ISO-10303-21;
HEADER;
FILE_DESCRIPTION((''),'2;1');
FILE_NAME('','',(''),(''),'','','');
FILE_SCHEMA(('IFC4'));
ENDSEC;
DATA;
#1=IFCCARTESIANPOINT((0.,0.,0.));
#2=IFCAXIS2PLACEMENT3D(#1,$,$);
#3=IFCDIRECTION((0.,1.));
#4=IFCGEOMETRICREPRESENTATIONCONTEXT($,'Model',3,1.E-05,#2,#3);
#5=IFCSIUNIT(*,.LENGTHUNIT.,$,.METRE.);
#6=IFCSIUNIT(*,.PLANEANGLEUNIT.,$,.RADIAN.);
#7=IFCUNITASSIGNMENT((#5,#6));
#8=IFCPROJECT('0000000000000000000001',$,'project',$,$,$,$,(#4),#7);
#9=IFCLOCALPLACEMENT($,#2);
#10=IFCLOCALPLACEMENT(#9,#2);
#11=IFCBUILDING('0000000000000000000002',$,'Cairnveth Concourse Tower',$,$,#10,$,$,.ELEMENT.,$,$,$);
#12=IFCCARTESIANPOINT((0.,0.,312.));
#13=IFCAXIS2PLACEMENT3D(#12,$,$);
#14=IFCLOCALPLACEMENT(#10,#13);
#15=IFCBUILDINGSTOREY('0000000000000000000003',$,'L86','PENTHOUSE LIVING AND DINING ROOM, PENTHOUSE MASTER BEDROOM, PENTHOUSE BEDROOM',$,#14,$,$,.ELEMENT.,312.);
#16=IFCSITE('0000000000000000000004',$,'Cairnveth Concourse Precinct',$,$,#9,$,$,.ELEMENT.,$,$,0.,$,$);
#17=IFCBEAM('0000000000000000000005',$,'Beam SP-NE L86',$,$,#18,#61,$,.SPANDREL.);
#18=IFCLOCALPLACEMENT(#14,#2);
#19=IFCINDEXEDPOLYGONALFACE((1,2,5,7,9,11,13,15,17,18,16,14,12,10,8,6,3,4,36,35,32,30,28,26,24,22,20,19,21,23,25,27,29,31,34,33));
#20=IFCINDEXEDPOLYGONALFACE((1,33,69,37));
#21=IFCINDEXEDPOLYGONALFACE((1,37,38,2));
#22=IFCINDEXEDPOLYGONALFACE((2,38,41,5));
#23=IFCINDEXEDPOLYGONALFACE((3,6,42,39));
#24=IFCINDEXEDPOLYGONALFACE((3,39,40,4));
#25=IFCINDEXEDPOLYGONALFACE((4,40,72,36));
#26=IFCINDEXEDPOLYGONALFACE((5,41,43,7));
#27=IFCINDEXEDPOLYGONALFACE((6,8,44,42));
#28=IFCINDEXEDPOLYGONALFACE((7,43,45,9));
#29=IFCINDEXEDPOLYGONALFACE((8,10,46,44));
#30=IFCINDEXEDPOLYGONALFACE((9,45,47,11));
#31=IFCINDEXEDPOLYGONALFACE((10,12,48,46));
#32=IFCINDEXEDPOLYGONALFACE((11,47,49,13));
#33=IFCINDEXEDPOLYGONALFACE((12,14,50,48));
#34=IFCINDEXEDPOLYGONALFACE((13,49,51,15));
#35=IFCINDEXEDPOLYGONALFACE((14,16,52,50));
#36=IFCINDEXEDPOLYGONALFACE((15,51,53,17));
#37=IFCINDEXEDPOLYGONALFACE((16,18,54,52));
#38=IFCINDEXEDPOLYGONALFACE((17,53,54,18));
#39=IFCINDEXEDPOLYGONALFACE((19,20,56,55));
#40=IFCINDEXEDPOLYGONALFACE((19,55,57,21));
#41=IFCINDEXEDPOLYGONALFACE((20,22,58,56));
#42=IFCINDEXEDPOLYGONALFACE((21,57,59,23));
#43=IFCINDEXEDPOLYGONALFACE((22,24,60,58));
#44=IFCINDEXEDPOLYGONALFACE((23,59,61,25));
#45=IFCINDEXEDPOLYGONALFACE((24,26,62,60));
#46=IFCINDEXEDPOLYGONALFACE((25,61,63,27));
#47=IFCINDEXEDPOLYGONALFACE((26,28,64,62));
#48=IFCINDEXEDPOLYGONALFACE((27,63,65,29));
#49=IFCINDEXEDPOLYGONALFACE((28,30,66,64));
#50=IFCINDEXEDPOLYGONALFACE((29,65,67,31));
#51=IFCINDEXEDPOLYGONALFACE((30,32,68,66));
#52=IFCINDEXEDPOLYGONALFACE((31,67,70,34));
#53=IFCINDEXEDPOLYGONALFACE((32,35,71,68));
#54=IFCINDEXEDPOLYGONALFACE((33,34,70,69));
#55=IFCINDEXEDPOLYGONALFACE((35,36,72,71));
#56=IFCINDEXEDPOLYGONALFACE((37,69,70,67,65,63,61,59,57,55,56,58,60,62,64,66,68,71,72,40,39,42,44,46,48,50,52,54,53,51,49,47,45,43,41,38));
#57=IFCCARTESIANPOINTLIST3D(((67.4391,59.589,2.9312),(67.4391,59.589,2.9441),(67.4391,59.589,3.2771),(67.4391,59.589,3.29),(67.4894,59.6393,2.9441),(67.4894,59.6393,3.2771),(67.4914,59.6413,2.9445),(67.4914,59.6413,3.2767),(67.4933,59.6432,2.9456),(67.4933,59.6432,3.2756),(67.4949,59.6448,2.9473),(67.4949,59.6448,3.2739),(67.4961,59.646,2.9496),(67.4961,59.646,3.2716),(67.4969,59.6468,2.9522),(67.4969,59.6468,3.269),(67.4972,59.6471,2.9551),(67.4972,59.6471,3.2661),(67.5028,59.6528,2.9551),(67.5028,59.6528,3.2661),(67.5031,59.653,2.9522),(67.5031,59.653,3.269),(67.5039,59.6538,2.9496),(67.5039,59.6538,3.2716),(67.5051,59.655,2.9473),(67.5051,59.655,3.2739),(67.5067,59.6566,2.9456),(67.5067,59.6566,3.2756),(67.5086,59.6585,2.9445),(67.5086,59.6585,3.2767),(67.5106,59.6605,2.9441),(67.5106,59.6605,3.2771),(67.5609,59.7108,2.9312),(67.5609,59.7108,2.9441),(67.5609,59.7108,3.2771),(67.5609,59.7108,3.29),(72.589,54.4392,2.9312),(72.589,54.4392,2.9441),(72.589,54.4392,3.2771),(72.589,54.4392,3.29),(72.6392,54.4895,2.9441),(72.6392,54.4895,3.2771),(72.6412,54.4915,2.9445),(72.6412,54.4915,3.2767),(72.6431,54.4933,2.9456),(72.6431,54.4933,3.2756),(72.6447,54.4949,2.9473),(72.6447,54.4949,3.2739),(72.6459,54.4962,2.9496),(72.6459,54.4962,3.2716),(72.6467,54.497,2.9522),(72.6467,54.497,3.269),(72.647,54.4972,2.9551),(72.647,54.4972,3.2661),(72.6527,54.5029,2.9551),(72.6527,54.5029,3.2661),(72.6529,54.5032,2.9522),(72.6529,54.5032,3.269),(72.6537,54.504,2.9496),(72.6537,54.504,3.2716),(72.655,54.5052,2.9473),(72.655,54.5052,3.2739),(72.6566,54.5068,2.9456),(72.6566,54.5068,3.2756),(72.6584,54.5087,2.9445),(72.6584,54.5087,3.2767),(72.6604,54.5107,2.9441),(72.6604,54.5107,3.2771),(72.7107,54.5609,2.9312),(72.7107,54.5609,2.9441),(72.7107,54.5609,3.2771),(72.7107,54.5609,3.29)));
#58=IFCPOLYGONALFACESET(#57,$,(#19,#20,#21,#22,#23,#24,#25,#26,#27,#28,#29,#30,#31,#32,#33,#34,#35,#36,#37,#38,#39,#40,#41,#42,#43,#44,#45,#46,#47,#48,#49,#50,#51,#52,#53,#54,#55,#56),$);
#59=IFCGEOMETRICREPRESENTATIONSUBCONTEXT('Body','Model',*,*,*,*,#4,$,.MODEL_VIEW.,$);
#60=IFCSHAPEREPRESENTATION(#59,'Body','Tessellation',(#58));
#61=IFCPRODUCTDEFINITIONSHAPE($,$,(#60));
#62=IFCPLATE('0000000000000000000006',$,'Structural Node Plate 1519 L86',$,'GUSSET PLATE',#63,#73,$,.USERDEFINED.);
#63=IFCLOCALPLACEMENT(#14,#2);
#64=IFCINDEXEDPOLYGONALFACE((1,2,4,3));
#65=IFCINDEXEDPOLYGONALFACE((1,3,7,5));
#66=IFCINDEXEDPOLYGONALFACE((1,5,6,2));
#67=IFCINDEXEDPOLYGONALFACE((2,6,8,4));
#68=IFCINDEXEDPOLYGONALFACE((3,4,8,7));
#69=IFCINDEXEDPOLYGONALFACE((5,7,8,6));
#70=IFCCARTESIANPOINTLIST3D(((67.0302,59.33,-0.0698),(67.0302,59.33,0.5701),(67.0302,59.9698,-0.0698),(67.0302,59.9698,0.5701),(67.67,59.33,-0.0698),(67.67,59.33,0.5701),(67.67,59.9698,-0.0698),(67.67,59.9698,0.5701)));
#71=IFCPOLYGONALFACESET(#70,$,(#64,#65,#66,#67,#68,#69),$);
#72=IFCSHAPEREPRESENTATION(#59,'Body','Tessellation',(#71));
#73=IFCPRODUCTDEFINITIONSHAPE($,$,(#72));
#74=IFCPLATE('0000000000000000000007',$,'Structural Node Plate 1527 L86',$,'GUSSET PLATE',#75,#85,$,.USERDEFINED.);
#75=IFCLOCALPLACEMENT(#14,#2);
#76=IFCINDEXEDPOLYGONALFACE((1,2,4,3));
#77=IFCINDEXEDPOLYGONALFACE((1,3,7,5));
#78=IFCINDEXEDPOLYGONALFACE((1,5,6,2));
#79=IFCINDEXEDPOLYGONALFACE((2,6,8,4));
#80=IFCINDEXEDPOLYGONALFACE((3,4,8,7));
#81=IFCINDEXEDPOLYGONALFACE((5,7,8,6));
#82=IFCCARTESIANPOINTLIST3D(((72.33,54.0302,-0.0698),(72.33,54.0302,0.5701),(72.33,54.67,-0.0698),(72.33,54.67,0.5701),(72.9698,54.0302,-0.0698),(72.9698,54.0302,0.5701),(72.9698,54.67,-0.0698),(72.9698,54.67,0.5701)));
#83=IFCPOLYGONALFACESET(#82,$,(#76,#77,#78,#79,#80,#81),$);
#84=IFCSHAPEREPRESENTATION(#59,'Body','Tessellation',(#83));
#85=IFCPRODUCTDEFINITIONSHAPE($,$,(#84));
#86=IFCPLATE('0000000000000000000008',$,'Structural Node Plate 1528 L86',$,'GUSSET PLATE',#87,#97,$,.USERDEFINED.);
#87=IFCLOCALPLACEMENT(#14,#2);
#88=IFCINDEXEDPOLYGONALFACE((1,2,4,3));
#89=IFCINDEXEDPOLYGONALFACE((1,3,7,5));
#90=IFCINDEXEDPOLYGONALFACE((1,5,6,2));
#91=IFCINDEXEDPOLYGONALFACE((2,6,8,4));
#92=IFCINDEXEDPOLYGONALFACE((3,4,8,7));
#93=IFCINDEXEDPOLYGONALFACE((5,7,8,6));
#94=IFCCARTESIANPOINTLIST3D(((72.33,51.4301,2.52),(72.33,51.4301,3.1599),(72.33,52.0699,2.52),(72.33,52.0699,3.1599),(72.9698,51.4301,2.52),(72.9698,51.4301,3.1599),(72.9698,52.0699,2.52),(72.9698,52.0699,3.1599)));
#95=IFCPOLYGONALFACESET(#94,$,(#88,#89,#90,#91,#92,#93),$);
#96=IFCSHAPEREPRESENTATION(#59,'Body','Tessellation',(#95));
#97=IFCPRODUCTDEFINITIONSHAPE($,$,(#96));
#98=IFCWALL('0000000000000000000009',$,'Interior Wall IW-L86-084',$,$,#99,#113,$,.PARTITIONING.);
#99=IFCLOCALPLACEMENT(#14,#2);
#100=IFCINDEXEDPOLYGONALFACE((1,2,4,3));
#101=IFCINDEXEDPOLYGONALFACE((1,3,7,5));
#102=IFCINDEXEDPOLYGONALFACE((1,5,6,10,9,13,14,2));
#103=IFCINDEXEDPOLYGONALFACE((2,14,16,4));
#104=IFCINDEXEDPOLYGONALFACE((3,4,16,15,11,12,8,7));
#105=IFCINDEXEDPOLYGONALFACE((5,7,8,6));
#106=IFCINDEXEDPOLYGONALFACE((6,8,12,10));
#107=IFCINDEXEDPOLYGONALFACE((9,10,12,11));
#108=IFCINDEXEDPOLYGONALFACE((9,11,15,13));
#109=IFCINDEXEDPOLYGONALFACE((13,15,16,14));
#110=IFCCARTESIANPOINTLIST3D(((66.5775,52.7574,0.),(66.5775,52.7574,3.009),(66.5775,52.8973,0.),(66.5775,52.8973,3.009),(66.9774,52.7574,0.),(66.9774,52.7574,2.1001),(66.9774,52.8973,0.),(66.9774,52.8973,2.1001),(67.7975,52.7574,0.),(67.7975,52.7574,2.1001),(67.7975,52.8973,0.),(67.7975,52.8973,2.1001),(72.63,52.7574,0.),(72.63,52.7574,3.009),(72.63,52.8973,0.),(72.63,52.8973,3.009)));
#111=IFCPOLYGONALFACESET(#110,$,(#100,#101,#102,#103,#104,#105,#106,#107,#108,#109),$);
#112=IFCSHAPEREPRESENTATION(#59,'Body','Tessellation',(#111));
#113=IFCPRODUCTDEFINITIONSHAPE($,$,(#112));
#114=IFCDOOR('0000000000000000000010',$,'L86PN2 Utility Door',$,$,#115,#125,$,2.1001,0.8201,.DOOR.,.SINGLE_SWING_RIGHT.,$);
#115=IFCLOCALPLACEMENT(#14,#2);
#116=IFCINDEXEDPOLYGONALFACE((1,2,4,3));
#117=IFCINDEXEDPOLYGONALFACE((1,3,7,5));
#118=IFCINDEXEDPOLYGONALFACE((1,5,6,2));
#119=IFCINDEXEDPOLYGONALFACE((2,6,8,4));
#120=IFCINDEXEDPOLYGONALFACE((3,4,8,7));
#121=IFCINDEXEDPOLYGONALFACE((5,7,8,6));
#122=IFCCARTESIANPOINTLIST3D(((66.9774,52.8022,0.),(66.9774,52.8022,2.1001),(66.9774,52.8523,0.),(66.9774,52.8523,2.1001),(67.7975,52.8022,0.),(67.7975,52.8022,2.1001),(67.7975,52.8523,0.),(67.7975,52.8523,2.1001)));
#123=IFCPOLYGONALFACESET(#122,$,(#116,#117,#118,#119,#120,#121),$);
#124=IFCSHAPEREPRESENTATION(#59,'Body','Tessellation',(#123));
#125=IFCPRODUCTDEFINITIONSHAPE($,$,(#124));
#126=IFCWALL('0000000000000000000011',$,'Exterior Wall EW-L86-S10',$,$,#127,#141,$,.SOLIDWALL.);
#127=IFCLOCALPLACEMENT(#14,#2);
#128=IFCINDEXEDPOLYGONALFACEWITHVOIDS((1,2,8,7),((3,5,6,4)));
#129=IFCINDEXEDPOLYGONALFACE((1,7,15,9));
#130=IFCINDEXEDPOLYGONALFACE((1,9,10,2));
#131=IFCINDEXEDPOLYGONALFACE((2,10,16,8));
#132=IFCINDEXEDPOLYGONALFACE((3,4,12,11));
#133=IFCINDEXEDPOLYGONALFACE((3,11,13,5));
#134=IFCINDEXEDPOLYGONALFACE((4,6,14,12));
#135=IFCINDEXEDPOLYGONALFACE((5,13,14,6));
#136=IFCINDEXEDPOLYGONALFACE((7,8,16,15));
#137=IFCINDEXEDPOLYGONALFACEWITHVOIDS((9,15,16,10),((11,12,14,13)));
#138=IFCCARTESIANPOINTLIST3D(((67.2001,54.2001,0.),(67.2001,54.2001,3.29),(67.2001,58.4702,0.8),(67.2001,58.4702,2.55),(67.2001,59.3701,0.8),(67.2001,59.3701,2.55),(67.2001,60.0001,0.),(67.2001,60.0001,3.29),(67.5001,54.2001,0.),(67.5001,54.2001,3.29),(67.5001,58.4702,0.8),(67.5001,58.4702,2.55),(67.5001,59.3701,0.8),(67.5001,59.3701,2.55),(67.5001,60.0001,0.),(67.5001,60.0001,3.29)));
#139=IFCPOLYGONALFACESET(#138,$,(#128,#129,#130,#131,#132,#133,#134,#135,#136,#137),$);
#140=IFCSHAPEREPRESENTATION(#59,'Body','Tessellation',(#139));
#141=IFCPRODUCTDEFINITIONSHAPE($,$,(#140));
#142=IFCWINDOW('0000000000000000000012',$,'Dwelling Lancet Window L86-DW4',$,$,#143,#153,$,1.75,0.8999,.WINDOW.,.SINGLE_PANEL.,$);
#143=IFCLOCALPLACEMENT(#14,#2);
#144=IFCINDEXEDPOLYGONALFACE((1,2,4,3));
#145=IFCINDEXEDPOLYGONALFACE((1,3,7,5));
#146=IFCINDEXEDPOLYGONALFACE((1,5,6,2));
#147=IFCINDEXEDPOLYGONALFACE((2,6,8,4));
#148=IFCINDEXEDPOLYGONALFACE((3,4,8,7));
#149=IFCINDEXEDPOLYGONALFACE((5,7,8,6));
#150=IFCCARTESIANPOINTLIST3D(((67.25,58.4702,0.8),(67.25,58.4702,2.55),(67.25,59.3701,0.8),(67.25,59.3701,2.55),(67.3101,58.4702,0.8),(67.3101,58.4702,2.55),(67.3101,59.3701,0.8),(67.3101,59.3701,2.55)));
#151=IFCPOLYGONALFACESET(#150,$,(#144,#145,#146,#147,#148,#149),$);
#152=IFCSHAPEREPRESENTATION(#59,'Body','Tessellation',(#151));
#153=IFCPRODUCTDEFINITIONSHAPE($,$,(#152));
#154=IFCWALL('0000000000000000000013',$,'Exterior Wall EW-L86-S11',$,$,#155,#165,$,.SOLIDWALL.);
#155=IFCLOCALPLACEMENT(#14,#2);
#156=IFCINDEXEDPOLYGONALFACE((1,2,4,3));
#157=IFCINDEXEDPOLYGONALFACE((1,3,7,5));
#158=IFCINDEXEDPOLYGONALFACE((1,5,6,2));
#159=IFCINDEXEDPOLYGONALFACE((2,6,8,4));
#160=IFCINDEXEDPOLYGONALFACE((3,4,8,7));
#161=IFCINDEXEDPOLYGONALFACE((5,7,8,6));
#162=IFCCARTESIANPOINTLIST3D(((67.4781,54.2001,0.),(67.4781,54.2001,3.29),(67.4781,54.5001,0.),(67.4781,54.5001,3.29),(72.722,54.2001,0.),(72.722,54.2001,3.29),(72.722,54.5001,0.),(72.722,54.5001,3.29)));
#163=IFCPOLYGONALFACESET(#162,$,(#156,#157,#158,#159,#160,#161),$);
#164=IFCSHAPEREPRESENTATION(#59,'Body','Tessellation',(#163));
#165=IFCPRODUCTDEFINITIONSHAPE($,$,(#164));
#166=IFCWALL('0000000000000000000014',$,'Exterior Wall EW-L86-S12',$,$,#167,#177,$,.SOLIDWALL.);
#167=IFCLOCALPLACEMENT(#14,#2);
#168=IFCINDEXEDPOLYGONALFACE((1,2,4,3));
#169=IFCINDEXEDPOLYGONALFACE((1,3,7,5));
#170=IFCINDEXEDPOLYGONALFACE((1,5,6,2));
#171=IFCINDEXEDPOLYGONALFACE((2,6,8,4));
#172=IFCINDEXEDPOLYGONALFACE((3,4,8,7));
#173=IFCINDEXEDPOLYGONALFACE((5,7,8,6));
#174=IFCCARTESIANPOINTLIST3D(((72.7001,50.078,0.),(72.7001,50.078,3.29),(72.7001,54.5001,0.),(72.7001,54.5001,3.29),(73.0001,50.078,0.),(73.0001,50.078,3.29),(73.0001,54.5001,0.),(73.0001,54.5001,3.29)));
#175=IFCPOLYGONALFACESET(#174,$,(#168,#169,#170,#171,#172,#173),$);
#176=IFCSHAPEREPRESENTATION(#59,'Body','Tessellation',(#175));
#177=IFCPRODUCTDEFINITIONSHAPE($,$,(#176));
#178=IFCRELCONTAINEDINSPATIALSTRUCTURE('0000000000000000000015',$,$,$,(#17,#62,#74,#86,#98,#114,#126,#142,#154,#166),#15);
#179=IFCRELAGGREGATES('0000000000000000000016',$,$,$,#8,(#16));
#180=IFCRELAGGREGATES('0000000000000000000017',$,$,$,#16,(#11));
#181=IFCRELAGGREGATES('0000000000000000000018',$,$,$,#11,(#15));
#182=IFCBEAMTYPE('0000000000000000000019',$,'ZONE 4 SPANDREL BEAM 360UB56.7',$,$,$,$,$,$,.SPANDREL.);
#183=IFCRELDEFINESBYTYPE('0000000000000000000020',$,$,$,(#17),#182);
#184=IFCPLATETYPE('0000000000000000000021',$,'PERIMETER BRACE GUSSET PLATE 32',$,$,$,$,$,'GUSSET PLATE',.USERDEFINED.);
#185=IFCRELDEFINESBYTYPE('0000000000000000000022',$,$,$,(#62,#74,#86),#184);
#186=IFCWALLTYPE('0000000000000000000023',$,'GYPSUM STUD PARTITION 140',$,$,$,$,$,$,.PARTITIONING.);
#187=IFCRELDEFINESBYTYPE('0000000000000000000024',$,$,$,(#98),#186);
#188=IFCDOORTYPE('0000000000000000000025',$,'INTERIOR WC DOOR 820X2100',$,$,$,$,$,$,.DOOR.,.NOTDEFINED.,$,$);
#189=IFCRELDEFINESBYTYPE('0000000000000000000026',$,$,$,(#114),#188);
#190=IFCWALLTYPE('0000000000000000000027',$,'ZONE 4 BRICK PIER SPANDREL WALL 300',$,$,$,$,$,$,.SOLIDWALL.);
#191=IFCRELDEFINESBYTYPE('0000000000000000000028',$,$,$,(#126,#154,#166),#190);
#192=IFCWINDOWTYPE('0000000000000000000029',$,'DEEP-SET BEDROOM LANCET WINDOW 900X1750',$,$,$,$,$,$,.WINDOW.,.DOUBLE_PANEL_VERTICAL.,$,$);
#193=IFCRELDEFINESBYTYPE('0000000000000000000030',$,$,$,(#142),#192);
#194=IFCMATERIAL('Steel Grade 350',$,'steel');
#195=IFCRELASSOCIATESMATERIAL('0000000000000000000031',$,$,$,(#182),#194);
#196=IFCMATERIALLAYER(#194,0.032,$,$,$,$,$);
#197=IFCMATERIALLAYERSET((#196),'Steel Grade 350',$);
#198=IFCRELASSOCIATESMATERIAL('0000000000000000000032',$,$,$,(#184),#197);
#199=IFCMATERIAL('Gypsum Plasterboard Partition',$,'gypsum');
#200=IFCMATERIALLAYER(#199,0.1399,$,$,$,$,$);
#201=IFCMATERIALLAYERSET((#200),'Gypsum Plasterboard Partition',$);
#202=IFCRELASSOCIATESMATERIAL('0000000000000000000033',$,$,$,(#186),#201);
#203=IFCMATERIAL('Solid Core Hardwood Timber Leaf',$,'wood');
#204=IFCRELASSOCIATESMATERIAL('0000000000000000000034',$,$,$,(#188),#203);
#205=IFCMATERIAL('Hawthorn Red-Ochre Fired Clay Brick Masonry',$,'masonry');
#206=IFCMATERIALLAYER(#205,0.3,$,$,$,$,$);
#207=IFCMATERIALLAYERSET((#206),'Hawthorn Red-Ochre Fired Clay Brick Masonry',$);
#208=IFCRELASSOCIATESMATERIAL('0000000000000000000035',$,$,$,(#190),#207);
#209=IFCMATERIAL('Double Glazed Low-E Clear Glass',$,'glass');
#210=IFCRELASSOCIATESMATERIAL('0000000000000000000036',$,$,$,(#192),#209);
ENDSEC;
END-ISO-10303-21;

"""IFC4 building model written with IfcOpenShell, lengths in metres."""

from ifc_helpers import new_model, si_unit, direction, frame, frame_2d, origin, origin_2d, place, context, subcontext, project, spatial, rectangle, i_section, extrude, material, layer, layer_set, material_profile, profile_set, type_object, element, fill, save


model = new_model("IFC4")

# Units and contexts
model_context = context("Model", 3, precision=1e-05, world=origin(), true_north=direction((0.0, 1.0)))
body_context = subcontext(model_context, "Body", "Model", "MODEL_VIEW")
ifc_project = project(units=[si_unit("LENGTHUNIT", "METRE"), si_unit("PLANEANGLEUNIT", "RADIAN")], contexts=[model_context])

# Site, building, storey
site_placement = place(None, origin())
site = spatial("IfcSite", under=ifc_project, at=site_placement, Name="Cairnveth Concourse Precinct", CompositionType="ELEMENT", RefElevation=0.0)
building_placement = place(site_placement, origin())
building = spatial("IfcBuilding", under=site, at=building_placement, Name="Cairnveth Concourse Tower", CompositionType="ELEMENT")
storey_placement = place(building_placement, frame((0.0, 0.0, 312.0)))
storey = spatial("IfcBuildingStorey", under=building, at=storey_placement, Name="L86", Description="PENTHOUSE LIVING AND DINING ROOM, PENTHOUSE MASTER BEDROOM, PENTHOUSE BEDROOM", CompositionType="ELEMENT", Elevation=312.0)

# Shared definitions
ifc_material_1 = material(Name="Steel Grade 350", Category="steel")

# Beam
ifc_material_profile_1 = material_profile(ifc_material_1, i_section(OverallWidth=0.1721, OverallDepth=0.3589, WebThickness=0.0081, FlangeThickness=0.0129, FilletRadius=0.011, at=origin_2d()), Name="360UB56.7")
ifc_profile_set_1 = profile_set([ifc_material_profile_1], Name="Steel Grade 350")
beam_type_1 = type_object("IfcBeamType", Name="ZONE 4 SPANDREL BEAM 360UB56.7", PredefinedType="SPANDREL", material=ifc_profile_set_1)
beam_1_placement = place(storey_placement, frame((67.5, 59.6499, 3.1106), z_axis=(0.707107, -0.707107, 0.0), x_axis=(0.707107, 0.707107, 0.0)))
element("IfcBeam", 1, at=beam_1_placement, inside=storey, type_object=beam_type_1, Name="Beam SP-NE L86", PredefinedType="SPANDREL", context=body_context, shape_type="SweptSolid", body=[
    extrude(i_section(OverallWidth=0.1721, OverallDepth=0.3589, WebThickness=0.0081, FlangeThickness=0.0129, FilletRadius=0.011, at=origin_2d()), origin(), (0.0, 0.0, 1.0), 7.283),
])

# Plates
ifc_layer_1 = layer(ifc_material_1, 0.032)
ifc_layer_set_1 = layer_set([ifc_layer_1], Name="Steel Grade 350")
plate_type = type_object("IfcPlateType", Name="PERIMETER BRACE GUSSET PLATE 32", ElementType="GUSSET PLATE", PredefinedType="USERDEFINED", material=ifc_layer_set_1)
for number, where, z_axis, x_axis, name in (
    (2, (67.3501, 59.6499, -0.0698), (0.0, 0.0, 1.0), (1.0, 0.0, 0.0), "Structural Node Plate 1519 L86"),
    (3, (72.6499, 54.3501, -0.0698), (0.0, 0.0, 1.0), (1.0, 0.0, 0.0), "Structural Node Plate 1527 L86"),
    (4, (72.6499, 51.75, 2.52), (0.0, 0.0, 1.0), (1.0, 0.0, 0.0), "Structural Node Plate 1528 L86"),
):
    element("IfcPlate", number, at=place(storey_placement, frame(where, z_axis=z_axis, x_axis=x_axis)), inside=storey, type_object=plate_type, Name=name, ObjectType="GUSSET PLATE", PredefinedType="USERDEFINED", context=body_context, shape_type="SweptSolid", body=[
        extrude(rectangle(XDim=0.6399, YDim=0.6399, at=origin_2d()), origin(), (0.0, 0.0, 1.0), 0.6399),
    ])

# Wall, opening, door
ifc_material_2 = material(Name="Gypsum Plasterboard Partition", Category="gypsum")
ifc_layer_2 = layer(ifc_material_2, 0.1399)
ifc_layer_set_2 = layer_set([ifc_layer_2], Name="Gypsum Plasterboard Partition")
wall_type_1 = type_object("IfcWallType", Name="GYPSUM STUD PARTITION 140", PredefinedType="PARTITIONING", material=ifc_layer_set_2)
wall_1_placement = place(storey_placement, frame((66.5774, 52.8274, 0.0), z_axis=(0.0, 0.0, 1.0), x_axis=(1.0, 0.0, 0.0)))
wall_1 = element("IfcWall", 5, at=wall_1_placement, inside=storey, type_object=wall_type_1, Name="Interior Wall IW-L86-084", PredefinedType="PARTITIONING", context=body_context, shape_type="SweptSolid", body=[
    extrude(rectangle(XDim=6.0525, YDim=0.1399, at=frame_2d((3.0264, 0.0))), origin(), (0.0, 0.0, 1.0), 3.009),
])
opening_1_placement = place(wall_1_placement, frame((0.3999, 0.0, 0.0)))
opening_1 = element("IfcOpeningElement", 6, at=opening_1_placement, cuts=wall_1, PredefinedType="OPENING", context=body_context, shape_type="SweptSolid", body=[
    extrude(rectangle(XDim=0.8201, YDim=2.1001, at=frame_2d((0.4102, 1.05))), frame((0.0, 0.0798, 0.0), z_axis=(0.0, -1.0, 0.0), x_axis=(1.0, 0.0, 0.0)), (0.0, 0.0, 1.0), 0.1599),
])
ifc_material_3 = material(Name="Solid Core Hardwood Timber Leaf", Category="wood")
door_type = type_object("IfcDoorType", Name="INTERIOR WC DOOR 820X2100", OperationType="NOTDEFINED", PredefinedType="DOOR", material=ifc_material_3)
door_placement = place(opening_1_placement, origin())
door = element("IfcDoor", 7, at=door_placement, inside=storey, type_object=door_type, Name="L86PN2 Utility Door", OperationType="SINGLE_SWING_RIGHT", OverallHeight=2.1001, OverallWidth=0.8201, PredefinedType="DOOR", context=body_context, shape_type="SweptSolid", body=[
    extrude(rectangle(XDim=0.8201, YDim=2.1001, at=frame_2d((0.4102, 1.05))), frame((0.0, 0.0249, 0.0), z_axis=(0.0, -1.0, 0.0), x_axis=(1.0, 0.0, 0.0)), (0.0, 0.0, 1.0), 0.05),
])
fill(opening_1, door)

# Wall, opening, window
ifc_material_4 = material(Name="Hawthorn Red-Ochre Fired Clay Brick Masonry", Category="masonry")
ifc_layer_3 = layer(ifc_material_4, 0.3)
ifc_layer_set_3 = layer_set([ifc_layer_3], Name="Hawthorn Red-Ochre Fired Clay Brick Masonry")
wall_type_2 = type_object("IfcWallType", Name="ZONE 4 BRICK PIER SPANDREL WALL 300", PredefinedType="SOLIDWALL", material=ifc_layer_set_3)
wall_2_placement = place(storey_placement, frame((67.3501, 60.0, 0.0), z_axis=(0.0, 0.0, 1.0), x_axis=(0.0, -1.0, 0.0)))
wall_2 = element("IfcWall", 8, at=wall_2_placement, inside=storey, type_object=wall_type_2, Name="Exterior Wall EW-L86-S10", PredefinedType="SOLIDWALL", context=body_context, shape_type="SweptSolid", body=[
    extrude(rectangle(XDim=5.8, YDim=0.3, at=frame_2d((2.8999, 0.0))), origin(), (0.0, 0.0, 1.0), 3.29),
])
opening_2_placement = place(wall_2_placement, frame((0.6299, 0.0, 0.8)))
opening_2 = element("IfcOpeningElement", 9, at=opening_2_placement, cuts=wall_2, PredefinedType="OPENING", context=body_context, shape_type="SweptSolid", body=[
    extrude(rectangle(XDim=0.8999, YDim=1.75, at=frame_2d((0.45, 0.875))), frame((0.0, 0.1599, 0.0), z_axis=(0.0, -1.0, 0.0), x_axis=(1.0, 0.0, 0.0)), (0.0, 0.0, 1.0), 0.3201),
])
ifc_material_5 = material(Name="Double Glazed Low-E Clear Glass", Category="glass")
window_type = type_object("IfcWindowType", Name="DEEP-SET BEDROOM LANCET WINDOW 900X1750", PartitioningType="DOUBLE_PANEL_VERTICAL", PredefinedType="WINDOW", material=ifc_material_5)
window_placement = place(opening_2_placement, origin())
window = element("IfcWindow", 10, at=window_placement, inside=storey, type_object=window_type, Name="Dwelling Lancet Window L86-DW4", OverallHeight=1.75, OverallWidth=0.8999, PartitioningType="SINGLE_PANEL", PredefinedType="WINDOW", context=body_context, shape_type="SweptSolid", body=[
    extrude(rectangle(XDim=0.8999, YDim=1.75, at=frame_2d((0.45, 0.875))), frame((0.0, -0.04, 0.0), z_axis=(0.0, -1.0, 0.0), x_axis=(1.0, 0.0, 0.0)), (0.0, 0.0, 1.0), 0.0601),
])
fill(opening_2, window)

# Walls
wall_3_placement = place(storey_placement, frame((67.478, 54.3501, 0.0), z_axis=(0.0, 0.0, 1.0), x_axis=(1.0, 0.0, 0.0)))
element("IfcWall", 11, at=wall_3_placement, inside=storey, type_object=wall_type_2, Name="Exterior Wall EW-L86-S11", PredefinedType="SOLIDWALL", context=body_context, shape_type="SweptSolid", body=[
    extrude(rectangle(XDim=5.2439, YDim=0.3, at=frame_2d((2.6221, 0.0))), origin(), (0.0, 0.0, 1.0), 3.29),
])
wall_4_placement = place(storey_placement, frame((72.8501, 54.5, 0.0), z_axis=(0.0, 0.0, 1.0), x_axis=(0.0, -1.0, 0.0)))
element("IfcWall", 12, at=wall_4_placement, inside=storey, type_object=wall_type_2, Name="Exterior Wall EW-L86-S12", PredefinedType="SOLIDWALL", context=body_context, shape_type="SweptSolid", body=[
    extrude(rectangle(XDim=4.4221, YDim=0.3, at=frame_2d((2.2109, 0.0))), origin(), (0.0, 0.0, 1.0), 3.29),
])

save(model, "model.ifc")
